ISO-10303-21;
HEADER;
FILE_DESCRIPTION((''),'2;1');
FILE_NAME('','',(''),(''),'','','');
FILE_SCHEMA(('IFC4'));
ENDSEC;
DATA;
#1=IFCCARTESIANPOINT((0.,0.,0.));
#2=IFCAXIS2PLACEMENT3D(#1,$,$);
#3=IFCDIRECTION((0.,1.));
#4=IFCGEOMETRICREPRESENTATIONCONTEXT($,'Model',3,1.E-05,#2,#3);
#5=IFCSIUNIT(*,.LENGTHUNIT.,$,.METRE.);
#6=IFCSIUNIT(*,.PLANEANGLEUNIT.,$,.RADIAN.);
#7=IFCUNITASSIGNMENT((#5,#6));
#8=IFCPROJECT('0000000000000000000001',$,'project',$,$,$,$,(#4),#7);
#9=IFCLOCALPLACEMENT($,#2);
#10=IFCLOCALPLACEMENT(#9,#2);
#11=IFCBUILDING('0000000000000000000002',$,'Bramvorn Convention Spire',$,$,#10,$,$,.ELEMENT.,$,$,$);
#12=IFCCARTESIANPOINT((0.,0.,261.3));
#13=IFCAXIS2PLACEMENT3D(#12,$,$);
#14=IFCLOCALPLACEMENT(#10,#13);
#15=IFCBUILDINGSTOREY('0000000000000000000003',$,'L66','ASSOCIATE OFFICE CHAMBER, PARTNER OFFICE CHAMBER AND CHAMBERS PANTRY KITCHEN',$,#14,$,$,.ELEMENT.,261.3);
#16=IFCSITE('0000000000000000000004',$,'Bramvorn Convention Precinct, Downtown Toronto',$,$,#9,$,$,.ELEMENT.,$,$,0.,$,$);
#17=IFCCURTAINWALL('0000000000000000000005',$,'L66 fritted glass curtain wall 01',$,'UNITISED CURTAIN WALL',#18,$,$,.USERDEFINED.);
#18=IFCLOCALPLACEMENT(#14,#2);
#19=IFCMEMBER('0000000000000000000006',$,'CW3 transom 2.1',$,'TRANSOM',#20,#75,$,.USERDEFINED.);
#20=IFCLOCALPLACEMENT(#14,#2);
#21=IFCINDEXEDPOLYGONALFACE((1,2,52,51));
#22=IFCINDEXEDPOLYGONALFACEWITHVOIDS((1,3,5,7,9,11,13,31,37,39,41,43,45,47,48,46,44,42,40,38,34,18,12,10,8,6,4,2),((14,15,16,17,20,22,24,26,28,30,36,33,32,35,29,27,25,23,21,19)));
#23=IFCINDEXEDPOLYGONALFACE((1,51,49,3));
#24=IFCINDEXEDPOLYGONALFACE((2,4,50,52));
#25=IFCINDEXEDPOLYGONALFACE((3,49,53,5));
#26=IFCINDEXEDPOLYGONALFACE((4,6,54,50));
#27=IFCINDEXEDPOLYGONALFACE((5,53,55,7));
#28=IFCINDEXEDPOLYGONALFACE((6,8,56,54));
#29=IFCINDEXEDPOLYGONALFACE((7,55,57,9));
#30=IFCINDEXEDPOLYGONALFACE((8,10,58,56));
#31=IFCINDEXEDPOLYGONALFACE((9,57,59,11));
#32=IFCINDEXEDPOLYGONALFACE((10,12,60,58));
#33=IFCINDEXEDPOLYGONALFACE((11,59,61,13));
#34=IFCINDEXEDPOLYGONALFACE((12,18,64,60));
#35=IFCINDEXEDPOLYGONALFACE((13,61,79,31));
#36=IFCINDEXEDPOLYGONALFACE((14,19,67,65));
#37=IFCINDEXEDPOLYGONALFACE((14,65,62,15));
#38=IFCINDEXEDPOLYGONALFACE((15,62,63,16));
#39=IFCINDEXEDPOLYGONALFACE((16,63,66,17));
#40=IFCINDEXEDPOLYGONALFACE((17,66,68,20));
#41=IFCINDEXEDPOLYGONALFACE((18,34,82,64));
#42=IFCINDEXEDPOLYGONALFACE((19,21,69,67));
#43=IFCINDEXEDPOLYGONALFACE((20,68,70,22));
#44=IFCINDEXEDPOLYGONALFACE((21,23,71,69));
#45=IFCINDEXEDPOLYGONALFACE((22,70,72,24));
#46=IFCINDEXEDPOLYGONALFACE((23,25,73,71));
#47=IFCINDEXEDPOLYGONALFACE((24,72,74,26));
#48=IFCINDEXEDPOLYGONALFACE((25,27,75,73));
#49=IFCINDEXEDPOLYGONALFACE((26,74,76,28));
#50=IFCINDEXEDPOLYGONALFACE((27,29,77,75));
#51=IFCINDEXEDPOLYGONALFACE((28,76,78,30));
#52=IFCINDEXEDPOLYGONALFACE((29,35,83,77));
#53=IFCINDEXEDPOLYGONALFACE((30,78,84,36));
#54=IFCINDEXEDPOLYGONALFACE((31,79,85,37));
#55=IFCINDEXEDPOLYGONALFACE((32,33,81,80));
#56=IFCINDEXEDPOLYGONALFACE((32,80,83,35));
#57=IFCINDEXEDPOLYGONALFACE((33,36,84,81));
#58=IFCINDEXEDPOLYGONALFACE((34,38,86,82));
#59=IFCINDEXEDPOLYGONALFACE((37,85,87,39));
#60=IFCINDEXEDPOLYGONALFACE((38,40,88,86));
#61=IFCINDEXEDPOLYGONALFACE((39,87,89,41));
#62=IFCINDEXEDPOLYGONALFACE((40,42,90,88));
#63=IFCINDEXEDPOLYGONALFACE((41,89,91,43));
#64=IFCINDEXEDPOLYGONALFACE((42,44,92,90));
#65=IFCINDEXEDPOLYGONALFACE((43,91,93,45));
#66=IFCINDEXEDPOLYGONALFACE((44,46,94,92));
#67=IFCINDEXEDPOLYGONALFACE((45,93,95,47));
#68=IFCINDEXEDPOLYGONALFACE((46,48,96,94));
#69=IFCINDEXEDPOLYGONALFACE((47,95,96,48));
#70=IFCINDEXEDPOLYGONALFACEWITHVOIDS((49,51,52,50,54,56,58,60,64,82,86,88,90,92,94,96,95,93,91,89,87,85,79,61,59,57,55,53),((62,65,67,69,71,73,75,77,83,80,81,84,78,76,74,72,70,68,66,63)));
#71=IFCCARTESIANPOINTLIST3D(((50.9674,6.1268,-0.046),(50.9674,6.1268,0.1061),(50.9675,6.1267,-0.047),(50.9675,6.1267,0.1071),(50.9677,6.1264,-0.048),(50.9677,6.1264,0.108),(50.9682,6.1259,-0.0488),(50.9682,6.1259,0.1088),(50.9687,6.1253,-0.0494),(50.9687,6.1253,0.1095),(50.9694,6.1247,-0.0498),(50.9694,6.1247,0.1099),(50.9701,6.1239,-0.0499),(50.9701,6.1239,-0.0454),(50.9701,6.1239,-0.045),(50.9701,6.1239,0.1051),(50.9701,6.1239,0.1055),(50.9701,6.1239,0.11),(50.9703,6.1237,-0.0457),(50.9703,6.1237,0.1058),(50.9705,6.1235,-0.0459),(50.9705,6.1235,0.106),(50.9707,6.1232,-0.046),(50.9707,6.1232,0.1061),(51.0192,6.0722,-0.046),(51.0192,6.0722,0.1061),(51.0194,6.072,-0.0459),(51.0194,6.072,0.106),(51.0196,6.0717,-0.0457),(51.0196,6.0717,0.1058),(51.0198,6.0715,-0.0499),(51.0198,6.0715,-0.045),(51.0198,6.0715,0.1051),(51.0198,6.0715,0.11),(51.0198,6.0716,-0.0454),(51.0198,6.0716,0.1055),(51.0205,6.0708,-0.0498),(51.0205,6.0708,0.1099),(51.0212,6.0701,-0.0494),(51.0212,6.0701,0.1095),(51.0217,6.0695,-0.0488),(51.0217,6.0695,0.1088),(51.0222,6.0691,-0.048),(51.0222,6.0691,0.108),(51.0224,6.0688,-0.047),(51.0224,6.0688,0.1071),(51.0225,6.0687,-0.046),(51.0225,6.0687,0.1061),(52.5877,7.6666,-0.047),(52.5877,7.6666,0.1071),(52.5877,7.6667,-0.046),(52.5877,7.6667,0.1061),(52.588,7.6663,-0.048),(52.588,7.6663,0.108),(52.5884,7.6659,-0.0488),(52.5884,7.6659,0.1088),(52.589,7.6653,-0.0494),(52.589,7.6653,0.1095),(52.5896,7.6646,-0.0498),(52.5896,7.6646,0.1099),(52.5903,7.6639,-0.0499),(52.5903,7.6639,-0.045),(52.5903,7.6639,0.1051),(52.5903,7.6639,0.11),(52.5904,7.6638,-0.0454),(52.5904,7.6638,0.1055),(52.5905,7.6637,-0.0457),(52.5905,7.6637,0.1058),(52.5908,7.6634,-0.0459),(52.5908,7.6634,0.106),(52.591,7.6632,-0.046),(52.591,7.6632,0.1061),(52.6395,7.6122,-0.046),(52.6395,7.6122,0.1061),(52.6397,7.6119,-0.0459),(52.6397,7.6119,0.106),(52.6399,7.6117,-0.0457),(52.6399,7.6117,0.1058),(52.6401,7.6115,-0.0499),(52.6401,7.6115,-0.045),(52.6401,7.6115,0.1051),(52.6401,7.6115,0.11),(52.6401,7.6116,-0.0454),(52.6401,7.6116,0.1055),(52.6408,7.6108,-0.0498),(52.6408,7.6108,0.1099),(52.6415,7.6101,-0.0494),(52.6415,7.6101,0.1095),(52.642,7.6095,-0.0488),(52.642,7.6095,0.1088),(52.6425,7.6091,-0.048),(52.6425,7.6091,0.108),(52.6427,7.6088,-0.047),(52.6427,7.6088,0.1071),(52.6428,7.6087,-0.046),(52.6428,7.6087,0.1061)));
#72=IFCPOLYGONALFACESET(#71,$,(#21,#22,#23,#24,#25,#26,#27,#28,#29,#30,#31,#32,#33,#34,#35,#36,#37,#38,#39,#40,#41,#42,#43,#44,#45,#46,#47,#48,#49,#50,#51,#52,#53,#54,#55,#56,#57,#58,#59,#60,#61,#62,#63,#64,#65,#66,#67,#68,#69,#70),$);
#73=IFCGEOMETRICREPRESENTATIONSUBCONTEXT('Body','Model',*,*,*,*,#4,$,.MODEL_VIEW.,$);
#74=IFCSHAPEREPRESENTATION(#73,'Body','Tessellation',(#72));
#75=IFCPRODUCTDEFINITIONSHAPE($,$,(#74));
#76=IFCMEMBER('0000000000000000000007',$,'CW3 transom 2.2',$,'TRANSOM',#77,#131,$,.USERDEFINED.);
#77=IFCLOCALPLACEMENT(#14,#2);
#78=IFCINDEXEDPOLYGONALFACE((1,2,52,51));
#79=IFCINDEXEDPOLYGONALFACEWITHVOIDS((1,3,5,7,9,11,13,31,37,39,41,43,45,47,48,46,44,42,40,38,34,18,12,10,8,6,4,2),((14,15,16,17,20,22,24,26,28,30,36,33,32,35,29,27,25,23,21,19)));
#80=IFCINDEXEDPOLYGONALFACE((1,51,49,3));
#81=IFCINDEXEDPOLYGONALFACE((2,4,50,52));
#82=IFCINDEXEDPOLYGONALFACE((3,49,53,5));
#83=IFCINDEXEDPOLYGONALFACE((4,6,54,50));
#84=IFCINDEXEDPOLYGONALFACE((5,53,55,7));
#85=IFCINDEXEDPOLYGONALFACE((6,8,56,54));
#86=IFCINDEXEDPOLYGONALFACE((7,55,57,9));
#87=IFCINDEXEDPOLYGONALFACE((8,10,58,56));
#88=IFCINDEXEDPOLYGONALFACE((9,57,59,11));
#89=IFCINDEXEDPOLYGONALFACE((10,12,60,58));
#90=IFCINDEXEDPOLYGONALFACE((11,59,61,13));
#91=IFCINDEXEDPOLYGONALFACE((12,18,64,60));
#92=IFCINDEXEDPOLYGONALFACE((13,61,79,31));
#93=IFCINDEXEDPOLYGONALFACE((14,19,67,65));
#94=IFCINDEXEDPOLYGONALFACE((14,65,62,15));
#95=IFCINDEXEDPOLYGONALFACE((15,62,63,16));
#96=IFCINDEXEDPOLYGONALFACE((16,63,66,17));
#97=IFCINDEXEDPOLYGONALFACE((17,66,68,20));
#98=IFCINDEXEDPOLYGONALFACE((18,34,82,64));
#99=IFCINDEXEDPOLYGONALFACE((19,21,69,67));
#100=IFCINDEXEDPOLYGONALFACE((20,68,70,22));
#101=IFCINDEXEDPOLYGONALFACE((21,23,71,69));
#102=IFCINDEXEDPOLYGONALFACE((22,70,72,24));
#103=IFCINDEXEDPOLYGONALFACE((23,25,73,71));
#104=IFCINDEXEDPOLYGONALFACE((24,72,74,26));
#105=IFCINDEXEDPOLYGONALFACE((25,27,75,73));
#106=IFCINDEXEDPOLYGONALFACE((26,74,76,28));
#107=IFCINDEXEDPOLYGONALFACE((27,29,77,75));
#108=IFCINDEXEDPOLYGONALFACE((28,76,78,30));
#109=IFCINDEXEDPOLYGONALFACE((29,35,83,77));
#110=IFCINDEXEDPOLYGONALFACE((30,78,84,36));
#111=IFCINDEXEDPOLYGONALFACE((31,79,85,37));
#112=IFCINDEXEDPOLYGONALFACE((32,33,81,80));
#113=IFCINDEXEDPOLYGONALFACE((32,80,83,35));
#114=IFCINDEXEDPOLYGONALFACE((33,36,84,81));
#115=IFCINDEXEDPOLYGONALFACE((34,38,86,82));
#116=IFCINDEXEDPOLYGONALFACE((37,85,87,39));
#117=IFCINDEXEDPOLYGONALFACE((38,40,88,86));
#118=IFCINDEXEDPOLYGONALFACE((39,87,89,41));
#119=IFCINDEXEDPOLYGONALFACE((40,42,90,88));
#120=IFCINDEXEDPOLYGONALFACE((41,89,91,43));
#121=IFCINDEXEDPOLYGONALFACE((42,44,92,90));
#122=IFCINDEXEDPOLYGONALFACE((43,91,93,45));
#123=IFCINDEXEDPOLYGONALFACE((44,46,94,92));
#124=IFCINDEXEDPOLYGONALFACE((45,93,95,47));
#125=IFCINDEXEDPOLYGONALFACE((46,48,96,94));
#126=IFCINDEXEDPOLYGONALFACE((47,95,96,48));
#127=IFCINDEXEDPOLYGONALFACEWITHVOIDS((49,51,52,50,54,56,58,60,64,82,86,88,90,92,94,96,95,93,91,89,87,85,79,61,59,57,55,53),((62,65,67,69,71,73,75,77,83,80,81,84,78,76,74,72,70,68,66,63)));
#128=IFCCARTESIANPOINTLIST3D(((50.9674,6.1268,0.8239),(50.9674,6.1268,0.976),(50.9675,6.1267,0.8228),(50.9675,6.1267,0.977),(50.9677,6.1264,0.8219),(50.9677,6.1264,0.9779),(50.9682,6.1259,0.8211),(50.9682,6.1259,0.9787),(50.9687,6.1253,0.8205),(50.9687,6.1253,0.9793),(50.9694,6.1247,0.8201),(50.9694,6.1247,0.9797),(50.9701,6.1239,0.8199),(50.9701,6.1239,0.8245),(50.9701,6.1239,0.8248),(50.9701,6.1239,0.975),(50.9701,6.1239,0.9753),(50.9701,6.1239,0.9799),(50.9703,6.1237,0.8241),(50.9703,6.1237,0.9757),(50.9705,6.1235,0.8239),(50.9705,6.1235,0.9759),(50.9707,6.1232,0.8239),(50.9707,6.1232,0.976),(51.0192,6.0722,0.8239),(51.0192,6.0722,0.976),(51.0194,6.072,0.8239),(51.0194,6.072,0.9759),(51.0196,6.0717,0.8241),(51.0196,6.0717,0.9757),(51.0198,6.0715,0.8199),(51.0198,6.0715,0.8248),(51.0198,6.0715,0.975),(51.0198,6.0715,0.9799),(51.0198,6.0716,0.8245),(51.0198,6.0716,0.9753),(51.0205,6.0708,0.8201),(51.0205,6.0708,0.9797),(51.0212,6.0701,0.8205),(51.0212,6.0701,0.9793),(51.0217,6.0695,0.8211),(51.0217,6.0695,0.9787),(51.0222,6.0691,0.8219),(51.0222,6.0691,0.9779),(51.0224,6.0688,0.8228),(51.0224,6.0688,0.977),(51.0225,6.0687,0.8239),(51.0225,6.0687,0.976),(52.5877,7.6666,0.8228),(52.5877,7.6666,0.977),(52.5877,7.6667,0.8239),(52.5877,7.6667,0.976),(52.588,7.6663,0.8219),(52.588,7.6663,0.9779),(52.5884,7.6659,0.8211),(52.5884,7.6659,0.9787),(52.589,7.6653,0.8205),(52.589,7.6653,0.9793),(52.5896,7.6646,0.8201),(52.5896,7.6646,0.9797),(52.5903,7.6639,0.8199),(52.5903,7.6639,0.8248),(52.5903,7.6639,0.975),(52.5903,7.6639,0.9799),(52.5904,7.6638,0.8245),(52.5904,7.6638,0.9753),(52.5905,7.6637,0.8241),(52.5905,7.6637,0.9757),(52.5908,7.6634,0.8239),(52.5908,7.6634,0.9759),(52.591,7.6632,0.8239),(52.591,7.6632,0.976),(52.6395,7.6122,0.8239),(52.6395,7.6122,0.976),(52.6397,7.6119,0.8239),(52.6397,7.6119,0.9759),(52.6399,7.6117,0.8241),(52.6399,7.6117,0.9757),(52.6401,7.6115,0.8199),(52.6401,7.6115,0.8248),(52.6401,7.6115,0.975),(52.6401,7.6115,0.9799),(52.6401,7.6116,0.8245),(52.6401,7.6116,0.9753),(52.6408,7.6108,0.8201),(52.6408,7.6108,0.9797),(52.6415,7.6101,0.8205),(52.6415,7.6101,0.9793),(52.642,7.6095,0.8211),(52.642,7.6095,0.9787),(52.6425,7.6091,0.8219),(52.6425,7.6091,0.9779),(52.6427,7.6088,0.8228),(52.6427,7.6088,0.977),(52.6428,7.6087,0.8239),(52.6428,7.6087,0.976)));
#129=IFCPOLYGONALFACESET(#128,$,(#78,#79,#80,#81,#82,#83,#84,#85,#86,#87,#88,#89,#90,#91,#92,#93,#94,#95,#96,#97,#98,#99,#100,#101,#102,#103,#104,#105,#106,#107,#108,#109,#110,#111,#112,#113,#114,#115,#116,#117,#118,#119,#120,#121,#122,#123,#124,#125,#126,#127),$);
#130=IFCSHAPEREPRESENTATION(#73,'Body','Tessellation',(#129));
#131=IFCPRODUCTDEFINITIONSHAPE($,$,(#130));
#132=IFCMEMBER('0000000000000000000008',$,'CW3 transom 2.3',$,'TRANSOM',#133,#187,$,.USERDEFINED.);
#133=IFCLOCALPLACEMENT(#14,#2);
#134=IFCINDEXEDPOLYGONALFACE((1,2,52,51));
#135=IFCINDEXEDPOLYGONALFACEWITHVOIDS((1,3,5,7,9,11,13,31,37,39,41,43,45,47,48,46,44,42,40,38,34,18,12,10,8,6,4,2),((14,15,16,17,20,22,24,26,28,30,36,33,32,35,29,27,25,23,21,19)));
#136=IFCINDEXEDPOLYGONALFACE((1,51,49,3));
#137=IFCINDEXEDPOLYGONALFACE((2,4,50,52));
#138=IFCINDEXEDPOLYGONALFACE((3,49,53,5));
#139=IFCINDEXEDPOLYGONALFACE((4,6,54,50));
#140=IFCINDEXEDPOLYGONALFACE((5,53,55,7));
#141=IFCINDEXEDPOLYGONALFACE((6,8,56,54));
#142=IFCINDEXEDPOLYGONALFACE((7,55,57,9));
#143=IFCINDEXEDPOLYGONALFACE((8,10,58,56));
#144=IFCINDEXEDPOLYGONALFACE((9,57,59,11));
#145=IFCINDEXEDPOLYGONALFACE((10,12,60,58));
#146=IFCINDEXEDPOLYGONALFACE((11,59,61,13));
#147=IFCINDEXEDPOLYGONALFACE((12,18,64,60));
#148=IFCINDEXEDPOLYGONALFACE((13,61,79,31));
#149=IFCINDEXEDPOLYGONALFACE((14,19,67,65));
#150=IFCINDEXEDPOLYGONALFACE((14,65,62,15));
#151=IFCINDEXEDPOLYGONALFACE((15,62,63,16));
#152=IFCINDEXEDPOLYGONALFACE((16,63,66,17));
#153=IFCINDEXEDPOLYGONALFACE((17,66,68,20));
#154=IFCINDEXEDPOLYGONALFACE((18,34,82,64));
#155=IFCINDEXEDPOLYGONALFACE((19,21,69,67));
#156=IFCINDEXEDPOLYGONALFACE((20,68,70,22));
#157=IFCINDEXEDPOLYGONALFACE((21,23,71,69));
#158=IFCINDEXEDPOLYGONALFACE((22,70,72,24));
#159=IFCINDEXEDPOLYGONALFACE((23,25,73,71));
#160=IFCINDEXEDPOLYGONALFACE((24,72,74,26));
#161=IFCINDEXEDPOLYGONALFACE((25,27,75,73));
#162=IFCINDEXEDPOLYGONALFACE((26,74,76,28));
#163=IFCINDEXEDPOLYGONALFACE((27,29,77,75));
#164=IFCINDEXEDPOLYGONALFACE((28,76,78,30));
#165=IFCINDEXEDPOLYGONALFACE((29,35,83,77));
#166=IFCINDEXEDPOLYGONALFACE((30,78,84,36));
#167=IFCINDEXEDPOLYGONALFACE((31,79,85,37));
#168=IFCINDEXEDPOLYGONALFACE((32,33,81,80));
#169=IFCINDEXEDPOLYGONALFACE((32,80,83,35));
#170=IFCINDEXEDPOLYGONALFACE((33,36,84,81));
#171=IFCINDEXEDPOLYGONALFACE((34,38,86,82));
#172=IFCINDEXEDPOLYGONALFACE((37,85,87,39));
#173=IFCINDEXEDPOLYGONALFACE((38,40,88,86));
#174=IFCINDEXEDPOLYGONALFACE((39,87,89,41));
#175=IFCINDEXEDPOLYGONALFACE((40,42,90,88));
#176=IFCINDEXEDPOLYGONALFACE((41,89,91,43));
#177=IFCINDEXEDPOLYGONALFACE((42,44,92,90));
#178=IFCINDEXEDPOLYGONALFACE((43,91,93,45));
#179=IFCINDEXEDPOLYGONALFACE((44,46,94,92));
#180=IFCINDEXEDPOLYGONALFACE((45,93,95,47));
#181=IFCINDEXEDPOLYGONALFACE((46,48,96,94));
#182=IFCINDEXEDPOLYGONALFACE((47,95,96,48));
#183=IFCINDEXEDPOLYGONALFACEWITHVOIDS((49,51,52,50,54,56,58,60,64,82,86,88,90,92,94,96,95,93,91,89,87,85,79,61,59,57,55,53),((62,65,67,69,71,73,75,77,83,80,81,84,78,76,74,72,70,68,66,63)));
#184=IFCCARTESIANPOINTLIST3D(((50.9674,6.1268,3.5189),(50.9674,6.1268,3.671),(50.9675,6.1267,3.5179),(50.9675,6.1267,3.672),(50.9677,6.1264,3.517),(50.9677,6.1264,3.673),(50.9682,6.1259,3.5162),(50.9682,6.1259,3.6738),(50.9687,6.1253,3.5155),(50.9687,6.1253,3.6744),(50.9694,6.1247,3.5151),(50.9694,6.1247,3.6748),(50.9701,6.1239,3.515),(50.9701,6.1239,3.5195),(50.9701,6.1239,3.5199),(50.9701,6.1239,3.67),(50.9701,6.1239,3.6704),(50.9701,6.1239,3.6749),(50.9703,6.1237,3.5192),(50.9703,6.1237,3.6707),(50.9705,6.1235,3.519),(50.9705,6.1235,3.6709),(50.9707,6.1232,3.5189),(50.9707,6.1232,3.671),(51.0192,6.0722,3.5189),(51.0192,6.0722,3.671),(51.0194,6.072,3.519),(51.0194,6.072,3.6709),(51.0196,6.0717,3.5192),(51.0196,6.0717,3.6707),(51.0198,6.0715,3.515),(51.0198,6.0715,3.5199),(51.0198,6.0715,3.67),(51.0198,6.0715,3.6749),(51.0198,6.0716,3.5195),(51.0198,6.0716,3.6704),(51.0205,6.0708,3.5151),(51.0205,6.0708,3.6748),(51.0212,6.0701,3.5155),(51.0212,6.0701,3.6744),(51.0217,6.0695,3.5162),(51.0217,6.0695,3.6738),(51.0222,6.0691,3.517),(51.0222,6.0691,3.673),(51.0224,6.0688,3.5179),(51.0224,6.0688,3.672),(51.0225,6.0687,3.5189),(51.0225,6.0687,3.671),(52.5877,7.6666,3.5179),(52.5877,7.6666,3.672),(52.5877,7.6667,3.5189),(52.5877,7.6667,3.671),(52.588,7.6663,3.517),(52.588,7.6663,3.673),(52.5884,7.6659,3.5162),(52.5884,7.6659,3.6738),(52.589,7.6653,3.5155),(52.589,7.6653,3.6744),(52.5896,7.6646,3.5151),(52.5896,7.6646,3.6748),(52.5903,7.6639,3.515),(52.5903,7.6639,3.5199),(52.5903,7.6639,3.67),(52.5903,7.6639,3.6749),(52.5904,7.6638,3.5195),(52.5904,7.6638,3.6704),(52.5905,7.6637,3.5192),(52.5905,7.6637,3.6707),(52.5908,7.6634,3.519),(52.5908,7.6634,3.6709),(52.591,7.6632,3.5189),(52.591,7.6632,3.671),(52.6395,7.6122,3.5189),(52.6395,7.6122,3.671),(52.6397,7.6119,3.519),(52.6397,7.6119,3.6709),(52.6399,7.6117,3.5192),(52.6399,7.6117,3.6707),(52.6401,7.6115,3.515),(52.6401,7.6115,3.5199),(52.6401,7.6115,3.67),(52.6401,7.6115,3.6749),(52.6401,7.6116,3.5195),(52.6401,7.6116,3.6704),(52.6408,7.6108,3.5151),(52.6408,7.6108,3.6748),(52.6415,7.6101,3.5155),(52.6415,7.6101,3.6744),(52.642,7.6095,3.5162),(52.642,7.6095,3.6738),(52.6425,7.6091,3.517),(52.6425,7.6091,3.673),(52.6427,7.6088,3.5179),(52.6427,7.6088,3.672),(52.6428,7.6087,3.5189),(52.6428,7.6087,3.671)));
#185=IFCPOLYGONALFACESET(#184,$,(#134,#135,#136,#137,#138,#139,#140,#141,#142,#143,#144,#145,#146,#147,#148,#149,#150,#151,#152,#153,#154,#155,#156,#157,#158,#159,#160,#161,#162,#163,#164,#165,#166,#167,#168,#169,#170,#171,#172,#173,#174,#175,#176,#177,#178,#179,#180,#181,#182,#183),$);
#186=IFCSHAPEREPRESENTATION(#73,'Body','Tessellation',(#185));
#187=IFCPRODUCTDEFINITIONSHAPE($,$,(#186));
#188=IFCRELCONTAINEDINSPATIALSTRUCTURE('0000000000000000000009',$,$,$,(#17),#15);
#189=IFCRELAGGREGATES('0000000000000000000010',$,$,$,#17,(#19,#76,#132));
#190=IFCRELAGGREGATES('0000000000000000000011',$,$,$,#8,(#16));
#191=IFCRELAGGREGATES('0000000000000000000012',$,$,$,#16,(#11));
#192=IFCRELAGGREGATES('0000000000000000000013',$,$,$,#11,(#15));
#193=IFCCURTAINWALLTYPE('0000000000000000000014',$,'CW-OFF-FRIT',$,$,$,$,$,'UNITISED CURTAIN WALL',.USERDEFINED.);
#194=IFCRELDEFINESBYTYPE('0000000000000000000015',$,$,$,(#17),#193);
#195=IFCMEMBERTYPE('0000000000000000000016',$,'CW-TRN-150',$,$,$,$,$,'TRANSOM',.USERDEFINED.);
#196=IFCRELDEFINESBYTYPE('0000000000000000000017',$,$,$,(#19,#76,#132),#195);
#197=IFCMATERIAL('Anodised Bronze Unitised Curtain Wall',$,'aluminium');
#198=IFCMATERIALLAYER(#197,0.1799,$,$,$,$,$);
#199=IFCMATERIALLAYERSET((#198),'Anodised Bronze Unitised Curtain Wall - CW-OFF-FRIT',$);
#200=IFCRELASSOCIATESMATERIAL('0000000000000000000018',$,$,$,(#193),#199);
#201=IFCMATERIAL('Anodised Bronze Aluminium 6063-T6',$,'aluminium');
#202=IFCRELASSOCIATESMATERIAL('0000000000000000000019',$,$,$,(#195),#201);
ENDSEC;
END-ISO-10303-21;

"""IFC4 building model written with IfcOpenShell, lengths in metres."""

from ifc_helpers import new_model, si_unit, direction, frame, origin, origin_2d, place, context, subcontext, project, spatial, hollow_rectangle, extrude, material, layer, layer_set, material_profile, profile_set, type_object, element, aggregate, save


model = new_model("IFC4")

# Units and contexts
model_context = context("Model", 3, precision=1e-05, world=origin(), true_north=direction((0.0, 1.0)))
body_context = subcontext(model_context, "Body", "Model", "MODEL_VIEW")
ifc_project = project(units=[si_unit("LENGTHUNIT", "METRE"), si_unit("PLANEANGLEUNIT", "RADIAN")], contexts=[model_context])

# Site, building, storey
site_placement = place(None, origin())
site = spatial("IfcSite", under=ifc_project, at=site_placement, Name="Bramvorn Convention Precinct, Downtown Toronto", CompositionType="ELEMENT", RefElevation=0.0)
building_placement = place(site_placement, origin())
building = spatial("IfcBuilding", under=site, at=building_placement, Name="Bramvorn Convention Spire", CompositionType="ELEMENT")
storey_placement = place(building_placement, frame((0.0, 0.0, 261.3)))
storey = spatial("IfcBuildingStorey", under=building, at=storey_placement, Name="L66", Description="ASSOCIATE OFFICE CHAMBER, PARTNER OFFICE CHAMBER AND CHAMBERS PANTRY KITCHEN", CompositionType="ELEMENT", Elevation=261.3)

# Curtain wall
ifc_material_1 = material(Name="Anodised Bronze Unitised Curtain Wall", Category="aluminium")
ifc_layer_1 = layer(ifc_material_1, 0.1799)
ifc_layer_set_1 = layer_set([ifc_layer_1], Name="Anodised Bronze Unitised Curtain Wall - CW-OFF-FRIT")
curtain_wall_type = type_object("IfcCurtainWallType", Name="CW-OFF-FRIT", ElementType="UNITISED CURTAIN WALL", PredefinedType="USERDEFINED", material=ifc_layer_set_1)
curtain_wall_1_placement = place(storey_placement, origin())
curtain_wall_1 = element("IfcCurtainWall", 1, at=curtain_wall_1_placement, inside=storey, type_object=curtain_wall_type, Name="L66 fritted glass curtain wall 01", ObjectType="UNITISED CURTAIN WALL", PredefinedType="USERDEFINED")
ifc_material_2 = material(Name="Anodised Bronze Aluminium 6063-T6", Category="aluminium")

# Members
ifc_material_profile_1 = material_profile(ifc_material_2, hollow_rectangle(XDim=0.0801, YDim=0.1599, WallThickness=0.0039, InnerFilletRadius=0.001, OuterFilletRadius=0.0039, at=origin_2d()))
ifc_profile_set_1 = profile_set([ifc_material_profile_1], Name="Anodised Bronze Aluminium 6063-T6 - CWT80X160")
member_type_1 = type_object("IfcMemberType", Name="CW-TRN-150", ElementType="TRANSOM", PredefinedType="USERDEFINED", material=ifc_profile_set_1)
member_1_placement = place(storey_placement, frame((52.6152, 7.6377, 0.03), z_axis=(-0.724844, -0.688913, 0.0), x_axis=(0.688913, -0.724844, 0.0)))
member_1 = element("IfcMember", 2, at=member_1_placement, type_object=member_type_1, Name="CW3 transom 2.1", ObjectType="TRANSOM", PredefinedType="USERDEFINED", context=body_context, shape_type="SweptSolid", body=[
    extrude(hollow_rectangle(XDim=0.0801, YDim=0.1599, WallThickness=0.0039, InnerFilletRadius=0.001, OuterFilletRadius=0.0039, at=origin_2d()), origin(), (0.0, 0.0, 1.0), 2.2354),
])
member_2_placement = place(storey_placement, frame((52.6152, 7.6377, 0.8999), z_axis=(-0.724844, -0.688913, 0.0), x_axis=(0.688913, -0.724844, 0.0)))
member_2 = element("IfcMember", 3, at=member_2_placement, type_object=member_type_1, Name="CW3 transom 2.2", ObjectType="TRANSOM", PredefinedType="USERDEFINED", context=body_context, shape_type="SweptSolid", body=[
    extrude(hollow_rectangle(XDim=0.0801, YDim=0.1599, WallThickness=0.0039, InnerFilletRadius=0.001, OuterFilletRadius=0.0039, at=origin_2d()), origin(), (0.0, 0.0, 1.0), 2.2354),
])
member_3_placement = place(storey_placement, frame((52.6152, 7.6377, 3.595), z_axis=(-0.724844, -0.688913, 0.0), x_axis=(0.688913, -0.724844, 0.0)))
member_3 = element("IfcMember", 4, at=member_3_placement, type_object=member_type_1, Name="CW3 transom 2.3", ObjectType="TRANSOM", PredefinedType="USERDEFINED", context=body_context, shape_type="SweptSolid", body=[
    extrude(hollow_rectangle(XDim=0.0801, YDim=0.1599, WallThickness=0.0039, InnerFilletRadius=0.001, OuterFilletRadius=0.0039, at=origin_2d()), origin(), (0.0, 0.0, 1.0), 2.2354),
])

aggregate(curtain_wall_1, [member_1, member_2, member_3])

save(model, "model.ifc")
